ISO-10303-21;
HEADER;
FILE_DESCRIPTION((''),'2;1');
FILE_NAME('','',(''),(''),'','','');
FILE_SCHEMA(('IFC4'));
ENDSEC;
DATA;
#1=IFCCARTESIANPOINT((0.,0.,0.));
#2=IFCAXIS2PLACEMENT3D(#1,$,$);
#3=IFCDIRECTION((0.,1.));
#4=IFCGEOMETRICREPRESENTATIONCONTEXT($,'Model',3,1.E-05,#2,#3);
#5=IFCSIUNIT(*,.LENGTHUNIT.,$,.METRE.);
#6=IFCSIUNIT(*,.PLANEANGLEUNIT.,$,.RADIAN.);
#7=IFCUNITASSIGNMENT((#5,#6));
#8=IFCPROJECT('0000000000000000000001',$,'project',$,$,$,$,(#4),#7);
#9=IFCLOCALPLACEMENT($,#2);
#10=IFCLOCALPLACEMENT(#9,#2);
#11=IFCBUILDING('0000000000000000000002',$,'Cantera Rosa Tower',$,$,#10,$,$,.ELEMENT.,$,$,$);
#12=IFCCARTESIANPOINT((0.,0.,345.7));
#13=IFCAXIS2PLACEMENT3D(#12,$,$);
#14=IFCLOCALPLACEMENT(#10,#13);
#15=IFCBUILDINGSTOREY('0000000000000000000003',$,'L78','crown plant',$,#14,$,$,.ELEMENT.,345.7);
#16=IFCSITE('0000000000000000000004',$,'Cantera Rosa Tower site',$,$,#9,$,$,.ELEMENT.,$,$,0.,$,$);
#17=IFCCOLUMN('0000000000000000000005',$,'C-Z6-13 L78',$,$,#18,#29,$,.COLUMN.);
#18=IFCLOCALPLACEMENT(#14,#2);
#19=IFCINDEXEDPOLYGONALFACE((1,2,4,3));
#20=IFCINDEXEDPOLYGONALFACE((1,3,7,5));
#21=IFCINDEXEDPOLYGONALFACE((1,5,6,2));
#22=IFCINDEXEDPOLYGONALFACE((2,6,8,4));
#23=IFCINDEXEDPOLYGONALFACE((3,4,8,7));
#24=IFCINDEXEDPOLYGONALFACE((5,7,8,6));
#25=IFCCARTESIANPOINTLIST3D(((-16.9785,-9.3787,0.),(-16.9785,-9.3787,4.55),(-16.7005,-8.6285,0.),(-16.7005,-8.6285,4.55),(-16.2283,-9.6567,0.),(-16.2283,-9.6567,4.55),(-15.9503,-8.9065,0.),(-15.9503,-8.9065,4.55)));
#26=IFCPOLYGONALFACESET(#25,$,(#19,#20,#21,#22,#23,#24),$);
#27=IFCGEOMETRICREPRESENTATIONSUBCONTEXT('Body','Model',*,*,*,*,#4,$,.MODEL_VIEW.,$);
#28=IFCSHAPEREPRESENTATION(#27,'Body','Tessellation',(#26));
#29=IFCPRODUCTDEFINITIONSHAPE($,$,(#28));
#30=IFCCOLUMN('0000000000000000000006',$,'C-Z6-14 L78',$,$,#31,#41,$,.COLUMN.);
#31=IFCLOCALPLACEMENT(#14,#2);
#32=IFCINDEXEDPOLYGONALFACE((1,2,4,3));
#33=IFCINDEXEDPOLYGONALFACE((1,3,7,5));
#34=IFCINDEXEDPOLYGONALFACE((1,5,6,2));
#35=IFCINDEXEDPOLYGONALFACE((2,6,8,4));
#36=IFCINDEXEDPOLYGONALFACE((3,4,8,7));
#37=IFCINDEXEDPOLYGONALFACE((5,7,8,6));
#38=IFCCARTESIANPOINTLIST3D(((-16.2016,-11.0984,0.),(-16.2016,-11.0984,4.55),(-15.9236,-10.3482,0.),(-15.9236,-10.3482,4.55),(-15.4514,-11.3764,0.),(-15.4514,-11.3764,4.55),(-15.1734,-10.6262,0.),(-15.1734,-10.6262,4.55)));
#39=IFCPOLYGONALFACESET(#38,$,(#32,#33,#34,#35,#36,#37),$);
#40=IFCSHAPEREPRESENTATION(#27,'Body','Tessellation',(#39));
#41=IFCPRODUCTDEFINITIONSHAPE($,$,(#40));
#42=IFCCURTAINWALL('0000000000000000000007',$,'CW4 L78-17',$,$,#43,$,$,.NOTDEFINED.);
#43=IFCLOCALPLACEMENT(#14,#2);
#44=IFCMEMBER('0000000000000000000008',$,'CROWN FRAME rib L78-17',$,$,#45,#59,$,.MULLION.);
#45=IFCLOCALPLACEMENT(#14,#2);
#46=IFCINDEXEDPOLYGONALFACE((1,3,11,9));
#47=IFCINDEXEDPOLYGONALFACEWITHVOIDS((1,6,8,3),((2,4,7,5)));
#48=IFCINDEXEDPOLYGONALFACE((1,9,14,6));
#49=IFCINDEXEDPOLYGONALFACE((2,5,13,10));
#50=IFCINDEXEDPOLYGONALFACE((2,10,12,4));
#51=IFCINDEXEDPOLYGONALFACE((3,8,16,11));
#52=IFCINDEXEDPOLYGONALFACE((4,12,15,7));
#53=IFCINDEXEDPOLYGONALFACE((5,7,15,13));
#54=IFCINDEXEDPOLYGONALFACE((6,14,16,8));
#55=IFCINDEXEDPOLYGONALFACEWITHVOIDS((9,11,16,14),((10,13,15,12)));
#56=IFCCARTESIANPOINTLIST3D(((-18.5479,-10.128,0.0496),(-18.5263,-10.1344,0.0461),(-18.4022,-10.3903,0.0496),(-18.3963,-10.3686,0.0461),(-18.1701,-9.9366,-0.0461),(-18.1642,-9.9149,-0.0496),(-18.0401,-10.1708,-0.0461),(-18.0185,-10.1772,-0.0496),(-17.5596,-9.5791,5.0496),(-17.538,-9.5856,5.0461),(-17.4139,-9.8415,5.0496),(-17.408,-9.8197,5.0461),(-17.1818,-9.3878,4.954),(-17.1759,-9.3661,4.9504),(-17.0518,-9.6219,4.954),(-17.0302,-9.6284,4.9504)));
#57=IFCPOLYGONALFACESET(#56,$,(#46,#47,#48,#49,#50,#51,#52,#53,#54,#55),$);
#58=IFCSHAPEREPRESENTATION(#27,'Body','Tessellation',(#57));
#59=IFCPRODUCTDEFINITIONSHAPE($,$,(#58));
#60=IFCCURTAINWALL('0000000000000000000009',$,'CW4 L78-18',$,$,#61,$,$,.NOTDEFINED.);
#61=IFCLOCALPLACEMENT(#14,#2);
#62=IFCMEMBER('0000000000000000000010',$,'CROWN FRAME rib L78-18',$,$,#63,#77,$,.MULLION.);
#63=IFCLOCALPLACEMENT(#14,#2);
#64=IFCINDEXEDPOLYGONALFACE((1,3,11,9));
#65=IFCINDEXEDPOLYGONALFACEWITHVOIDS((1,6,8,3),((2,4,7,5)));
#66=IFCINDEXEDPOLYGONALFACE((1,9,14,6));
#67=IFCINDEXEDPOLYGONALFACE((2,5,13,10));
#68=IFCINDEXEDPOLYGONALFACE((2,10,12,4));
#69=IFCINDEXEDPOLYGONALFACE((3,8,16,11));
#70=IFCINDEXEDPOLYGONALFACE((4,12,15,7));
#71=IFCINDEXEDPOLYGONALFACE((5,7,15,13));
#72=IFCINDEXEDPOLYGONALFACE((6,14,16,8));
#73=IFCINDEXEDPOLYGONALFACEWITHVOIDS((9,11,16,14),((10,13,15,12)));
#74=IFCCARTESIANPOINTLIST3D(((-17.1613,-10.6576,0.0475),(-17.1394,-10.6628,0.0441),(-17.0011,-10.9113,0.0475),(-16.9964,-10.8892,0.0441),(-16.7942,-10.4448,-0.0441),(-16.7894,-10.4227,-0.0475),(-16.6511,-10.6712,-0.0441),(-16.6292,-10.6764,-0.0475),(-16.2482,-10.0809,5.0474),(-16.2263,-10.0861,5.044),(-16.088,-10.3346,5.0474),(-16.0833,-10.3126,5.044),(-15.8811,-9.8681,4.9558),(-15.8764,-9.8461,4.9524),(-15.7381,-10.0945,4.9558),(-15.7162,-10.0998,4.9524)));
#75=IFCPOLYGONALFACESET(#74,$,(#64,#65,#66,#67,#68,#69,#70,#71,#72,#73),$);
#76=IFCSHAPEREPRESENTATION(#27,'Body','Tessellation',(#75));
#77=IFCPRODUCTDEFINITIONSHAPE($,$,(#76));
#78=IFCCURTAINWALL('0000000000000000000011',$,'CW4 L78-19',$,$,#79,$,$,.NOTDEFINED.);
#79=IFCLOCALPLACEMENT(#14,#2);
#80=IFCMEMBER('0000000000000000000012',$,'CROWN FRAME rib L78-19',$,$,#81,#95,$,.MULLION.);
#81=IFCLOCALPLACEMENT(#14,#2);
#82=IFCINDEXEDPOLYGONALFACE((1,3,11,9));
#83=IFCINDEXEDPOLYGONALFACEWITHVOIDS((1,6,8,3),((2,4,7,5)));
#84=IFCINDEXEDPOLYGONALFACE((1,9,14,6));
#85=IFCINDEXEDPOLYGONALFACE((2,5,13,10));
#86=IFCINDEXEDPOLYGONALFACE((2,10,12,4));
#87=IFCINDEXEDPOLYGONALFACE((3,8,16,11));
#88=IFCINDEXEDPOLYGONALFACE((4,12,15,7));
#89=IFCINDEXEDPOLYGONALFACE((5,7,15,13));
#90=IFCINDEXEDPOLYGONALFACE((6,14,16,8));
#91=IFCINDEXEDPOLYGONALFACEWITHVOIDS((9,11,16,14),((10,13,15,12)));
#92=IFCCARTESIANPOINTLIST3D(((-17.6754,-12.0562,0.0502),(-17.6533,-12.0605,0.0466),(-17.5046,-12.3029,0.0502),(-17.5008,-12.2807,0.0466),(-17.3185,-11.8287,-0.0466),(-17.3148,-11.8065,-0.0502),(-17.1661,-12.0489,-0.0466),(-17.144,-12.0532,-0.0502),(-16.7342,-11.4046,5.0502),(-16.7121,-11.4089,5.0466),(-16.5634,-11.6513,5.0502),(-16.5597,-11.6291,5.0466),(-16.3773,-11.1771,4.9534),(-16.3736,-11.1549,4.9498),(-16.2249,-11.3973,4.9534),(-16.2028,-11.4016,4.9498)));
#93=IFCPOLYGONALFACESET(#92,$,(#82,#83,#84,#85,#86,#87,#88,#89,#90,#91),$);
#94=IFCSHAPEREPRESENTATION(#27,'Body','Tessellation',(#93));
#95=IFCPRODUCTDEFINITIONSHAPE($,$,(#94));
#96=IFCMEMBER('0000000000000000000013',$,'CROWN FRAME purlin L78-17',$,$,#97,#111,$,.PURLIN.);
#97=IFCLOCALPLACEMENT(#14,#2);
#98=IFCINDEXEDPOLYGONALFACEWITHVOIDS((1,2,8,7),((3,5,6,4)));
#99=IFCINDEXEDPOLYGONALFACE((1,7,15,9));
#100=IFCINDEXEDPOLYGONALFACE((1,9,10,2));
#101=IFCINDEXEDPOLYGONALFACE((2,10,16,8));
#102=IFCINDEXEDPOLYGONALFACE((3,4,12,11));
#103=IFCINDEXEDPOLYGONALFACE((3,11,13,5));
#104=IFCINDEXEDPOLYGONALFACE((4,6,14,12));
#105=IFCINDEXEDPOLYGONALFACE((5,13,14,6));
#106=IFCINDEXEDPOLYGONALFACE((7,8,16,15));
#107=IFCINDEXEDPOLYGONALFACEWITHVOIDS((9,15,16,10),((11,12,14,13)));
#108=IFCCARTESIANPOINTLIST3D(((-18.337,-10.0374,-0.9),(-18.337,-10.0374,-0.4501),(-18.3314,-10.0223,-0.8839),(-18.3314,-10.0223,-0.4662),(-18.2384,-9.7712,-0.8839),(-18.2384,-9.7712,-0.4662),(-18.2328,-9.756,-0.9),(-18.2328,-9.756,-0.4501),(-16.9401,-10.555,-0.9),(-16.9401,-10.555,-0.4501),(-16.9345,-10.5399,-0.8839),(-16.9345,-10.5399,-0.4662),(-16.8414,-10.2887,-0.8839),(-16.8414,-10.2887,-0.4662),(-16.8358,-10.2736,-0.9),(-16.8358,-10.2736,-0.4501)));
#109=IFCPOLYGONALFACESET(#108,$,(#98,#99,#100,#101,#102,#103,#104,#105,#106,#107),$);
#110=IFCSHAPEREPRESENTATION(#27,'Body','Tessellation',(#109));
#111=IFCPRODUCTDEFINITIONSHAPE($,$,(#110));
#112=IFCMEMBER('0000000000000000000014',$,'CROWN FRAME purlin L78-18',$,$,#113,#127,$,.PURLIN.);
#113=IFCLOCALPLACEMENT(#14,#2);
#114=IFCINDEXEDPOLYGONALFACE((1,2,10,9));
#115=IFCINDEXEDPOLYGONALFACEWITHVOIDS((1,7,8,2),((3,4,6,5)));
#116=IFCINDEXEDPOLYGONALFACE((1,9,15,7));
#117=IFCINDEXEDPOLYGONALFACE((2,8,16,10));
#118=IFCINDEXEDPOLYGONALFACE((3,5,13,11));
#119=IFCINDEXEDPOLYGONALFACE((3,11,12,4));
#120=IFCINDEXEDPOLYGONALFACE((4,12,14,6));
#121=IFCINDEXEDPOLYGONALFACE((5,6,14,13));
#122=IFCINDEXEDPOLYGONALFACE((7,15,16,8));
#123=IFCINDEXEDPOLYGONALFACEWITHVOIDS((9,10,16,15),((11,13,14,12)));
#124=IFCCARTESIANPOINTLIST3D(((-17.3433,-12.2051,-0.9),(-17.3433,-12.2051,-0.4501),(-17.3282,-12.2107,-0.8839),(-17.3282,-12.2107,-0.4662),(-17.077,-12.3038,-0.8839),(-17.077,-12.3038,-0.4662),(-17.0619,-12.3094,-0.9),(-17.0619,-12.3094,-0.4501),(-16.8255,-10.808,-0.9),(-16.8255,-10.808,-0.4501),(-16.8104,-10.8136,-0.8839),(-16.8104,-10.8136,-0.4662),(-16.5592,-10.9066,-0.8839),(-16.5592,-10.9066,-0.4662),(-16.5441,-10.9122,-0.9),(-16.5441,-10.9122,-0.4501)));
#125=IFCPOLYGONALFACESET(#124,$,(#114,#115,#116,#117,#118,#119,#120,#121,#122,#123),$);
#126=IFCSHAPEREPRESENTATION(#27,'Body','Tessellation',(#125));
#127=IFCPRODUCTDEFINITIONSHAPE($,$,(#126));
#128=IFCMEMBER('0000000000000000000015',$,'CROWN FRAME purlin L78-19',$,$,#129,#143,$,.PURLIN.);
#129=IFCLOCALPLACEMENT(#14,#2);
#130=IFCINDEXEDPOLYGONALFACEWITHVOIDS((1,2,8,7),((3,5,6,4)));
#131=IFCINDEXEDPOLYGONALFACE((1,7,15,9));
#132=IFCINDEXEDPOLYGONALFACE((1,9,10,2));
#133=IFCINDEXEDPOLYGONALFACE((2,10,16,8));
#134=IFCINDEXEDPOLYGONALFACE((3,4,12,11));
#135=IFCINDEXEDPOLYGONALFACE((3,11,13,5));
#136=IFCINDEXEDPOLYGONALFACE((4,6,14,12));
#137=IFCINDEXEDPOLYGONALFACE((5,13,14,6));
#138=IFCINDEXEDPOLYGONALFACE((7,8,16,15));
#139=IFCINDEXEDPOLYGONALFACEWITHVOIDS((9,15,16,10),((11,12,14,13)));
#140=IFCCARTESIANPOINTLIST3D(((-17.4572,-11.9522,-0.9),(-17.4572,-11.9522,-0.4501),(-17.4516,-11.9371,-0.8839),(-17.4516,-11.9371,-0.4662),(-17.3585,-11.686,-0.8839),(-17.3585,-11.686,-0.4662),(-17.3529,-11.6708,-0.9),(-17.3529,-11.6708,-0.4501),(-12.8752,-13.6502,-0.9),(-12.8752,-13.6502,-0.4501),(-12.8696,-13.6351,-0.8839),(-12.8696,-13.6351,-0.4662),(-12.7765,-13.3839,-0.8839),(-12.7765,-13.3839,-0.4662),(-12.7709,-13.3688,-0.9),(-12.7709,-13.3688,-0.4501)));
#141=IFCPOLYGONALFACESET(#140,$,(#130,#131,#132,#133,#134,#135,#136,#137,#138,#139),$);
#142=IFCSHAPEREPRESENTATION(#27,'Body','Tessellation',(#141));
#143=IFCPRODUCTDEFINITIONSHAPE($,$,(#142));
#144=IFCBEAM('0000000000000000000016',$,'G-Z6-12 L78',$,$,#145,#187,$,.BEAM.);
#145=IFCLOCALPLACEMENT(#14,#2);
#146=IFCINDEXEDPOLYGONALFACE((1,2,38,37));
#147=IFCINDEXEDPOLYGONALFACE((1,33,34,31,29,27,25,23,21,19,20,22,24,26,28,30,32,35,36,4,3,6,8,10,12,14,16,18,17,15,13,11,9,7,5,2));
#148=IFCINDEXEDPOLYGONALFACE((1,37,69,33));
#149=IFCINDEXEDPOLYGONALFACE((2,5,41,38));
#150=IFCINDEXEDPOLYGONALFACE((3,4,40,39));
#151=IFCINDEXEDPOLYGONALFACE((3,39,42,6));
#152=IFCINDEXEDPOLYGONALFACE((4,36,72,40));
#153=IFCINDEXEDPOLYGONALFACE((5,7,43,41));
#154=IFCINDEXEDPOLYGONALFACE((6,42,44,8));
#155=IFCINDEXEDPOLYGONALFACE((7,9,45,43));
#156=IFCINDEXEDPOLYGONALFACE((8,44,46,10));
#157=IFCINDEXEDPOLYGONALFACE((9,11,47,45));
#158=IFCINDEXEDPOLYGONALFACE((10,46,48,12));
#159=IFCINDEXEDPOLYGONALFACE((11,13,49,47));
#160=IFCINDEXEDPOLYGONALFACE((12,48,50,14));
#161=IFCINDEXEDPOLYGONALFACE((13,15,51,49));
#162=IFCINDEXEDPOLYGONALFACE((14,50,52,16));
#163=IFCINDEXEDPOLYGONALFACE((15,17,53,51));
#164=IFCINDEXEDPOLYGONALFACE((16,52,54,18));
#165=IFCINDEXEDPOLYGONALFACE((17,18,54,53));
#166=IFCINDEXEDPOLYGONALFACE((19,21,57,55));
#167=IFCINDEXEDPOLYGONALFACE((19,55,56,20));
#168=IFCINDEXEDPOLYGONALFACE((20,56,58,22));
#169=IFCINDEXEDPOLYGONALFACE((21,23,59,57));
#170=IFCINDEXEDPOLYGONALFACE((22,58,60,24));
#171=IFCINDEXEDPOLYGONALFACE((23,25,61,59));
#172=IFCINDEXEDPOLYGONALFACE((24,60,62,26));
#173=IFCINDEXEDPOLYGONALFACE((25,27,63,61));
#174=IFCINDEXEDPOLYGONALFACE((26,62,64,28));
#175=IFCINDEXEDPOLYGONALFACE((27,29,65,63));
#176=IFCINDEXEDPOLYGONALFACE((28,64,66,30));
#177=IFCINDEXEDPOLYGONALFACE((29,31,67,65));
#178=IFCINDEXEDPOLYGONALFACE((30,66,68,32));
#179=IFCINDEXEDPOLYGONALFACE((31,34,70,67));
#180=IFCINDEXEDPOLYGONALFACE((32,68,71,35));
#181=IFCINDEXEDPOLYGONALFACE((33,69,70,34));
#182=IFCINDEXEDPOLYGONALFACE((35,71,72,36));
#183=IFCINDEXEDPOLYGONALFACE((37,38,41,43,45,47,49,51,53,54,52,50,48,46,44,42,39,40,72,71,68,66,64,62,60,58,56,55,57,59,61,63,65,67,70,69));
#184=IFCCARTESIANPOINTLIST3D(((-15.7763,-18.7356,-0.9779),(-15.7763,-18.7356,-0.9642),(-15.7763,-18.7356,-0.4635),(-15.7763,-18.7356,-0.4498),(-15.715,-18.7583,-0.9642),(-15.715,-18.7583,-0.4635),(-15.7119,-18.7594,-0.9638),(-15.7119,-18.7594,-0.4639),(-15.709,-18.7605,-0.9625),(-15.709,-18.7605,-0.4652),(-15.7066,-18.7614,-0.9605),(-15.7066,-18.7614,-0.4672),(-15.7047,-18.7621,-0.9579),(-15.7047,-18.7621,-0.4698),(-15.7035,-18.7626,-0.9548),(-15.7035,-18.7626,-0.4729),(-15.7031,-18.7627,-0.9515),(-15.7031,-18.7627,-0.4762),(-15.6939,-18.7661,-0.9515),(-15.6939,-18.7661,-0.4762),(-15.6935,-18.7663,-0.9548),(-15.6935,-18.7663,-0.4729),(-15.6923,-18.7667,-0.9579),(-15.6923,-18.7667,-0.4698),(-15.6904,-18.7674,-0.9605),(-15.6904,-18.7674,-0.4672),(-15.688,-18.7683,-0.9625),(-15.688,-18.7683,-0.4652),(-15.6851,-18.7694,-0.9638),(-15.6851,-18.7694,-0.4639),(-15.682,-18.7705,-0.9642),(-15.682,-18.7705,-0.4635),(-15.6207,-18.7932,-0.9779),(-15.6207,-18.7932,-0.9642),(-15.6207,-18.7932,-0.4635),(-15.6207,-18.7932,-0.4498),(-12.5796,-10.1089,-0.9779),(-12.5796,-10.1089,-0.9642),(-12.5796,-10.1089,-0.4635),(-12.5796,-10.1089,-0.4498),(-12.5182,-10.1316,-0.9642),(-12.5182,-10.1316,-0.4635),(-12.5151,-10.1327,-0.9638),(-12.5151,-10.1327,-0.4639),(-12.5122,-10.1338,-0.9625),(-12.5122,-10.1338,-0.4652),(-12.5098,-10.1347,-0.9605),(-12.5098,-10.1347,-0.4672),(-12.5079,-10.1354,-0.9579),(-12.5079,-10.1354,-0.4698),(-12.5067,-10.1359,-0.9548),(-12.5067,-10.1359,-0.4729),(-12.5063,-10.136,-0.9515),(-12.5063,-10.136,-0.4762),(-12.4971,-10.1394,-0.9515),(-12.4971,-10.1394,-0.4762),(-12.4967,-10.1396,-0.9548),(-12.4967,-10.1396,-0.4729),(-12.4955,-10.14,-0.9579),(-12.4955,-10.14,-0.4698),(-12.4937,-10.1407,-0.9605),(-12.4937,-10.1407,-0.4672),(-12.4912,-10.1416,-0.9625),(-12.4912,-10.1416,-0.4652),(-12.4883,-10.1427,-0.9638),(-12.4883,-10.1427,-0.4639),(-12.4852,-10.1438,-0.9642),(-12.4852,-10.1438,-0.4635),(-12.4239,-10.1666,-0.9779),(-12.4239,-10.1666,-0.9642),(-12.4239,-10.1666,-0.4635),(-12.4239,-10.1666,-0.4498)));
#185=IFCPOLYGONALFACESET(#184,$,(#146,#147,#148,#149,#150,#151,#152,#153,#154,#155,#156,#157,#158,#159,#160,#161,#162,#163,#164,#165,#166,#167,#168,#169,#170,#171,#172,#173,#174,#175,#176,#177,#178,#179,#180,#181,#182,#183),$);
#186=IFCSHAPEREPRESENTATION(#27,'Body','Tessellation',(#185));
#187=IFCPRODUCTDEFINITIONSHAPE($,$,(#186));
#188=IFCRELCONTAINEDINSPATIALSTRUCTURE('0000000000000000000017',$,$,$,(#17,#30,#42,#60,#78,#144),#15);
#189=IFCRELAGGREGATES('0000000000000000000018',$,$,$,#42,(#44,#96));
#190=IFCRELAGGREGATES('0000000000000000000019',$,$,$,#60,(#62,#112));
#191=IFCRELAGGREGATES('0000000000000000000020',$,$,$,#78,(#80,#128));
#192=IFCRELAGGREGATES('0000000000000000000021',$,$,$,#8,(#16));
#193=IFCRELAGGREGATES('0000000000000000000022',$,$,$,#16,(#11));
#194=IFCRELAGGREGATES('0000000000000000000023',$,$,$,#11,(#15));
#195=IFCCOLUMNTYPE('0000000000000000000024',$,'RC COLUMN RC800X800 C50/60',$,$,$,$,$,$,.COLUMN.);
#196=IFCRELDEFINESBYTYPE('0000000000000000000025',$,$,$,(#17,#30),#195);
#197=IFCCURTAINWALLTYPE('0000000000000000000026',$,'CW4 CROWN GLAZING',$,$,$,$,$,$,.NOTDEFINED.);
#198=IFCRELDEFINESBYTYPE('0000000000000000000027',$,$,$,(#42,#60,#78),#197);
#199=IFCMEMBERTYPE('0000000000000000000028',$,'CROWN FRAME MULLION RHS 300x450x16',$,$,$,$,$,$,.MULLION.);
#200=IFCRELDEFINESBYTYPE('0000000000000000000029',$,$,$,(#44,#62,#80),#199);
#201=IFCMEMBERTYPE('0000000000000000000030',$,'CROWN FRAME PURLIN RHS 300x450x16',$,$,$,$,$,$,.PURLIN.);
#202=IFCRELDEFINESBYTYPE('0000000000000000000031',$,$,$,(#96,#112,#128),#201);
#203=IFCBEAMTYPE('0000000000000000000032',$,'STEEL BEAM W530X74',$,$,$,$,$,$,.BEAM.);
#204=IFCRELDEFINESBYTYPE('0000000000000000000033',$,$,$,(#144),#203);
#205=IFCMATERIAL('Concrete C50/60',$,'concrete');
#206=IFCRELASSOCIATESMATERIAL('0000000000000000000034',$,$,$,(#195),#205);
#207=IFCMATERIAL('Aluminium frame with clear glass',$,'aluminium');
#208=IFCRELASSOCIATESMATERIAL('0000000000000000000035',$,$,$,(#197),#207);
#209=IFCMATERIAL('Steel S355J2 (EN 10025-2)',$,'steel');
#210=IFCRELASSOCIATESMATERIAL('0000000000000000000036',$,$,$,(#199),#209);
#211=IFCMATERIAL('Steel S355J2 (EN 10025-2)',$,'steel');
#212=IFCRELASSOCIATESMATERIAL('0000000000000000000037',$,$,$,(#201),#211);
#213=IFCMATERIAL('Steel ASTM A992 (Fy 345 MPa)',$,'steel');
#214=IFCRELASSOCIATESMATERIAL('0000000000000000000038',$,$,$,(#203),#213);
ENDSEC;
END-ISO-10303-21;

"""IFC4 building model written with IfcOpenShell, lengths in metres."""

from ifc_helpers import new_model, si_unit, direction, frame, origin, origin_2d, place, context, subcontext, project, spatial, rectangle, hollow_rectangle, i_section, extrude, material, material_profile, profile_set, type_object, element, aggregate, save


model = new_model("IFC4")

# Units and contexts
model_context = context("Model", 3, precision=1e-05, world=origin(), true_north=direction((0.0, 1.0)))
body_context = subcontext(model_context, "Body", "Model", "MODEL_VIEW")
ifc_project = project(units=[si_unit("LENGTHUNIT", "METRE"), si_unit("PLANEANGLEUNIT", "RADIAN")], contexts=[model_context])

# Site, building, storey
site_placement = place(None, origin())
site = spatial("IfcSite", under=ifc_project, at=site_placement, Name="Cantera Rosa Tower site", CompositionType="ELEMENT", RefElevation=0.0)
building_placement = place(site_placement, origin())
building = spatial("IfcBuilding", under=site, at=building_placement, Name="Cantera Rosa Tower", CompositionType="ELEMENT")
storey_placement = place(building_placement, frame((0.0, 0.0, 345.7)))
storey = spatial("IfcBuildingStorey", under=building, at=storey_placement, Name="L78", Description="crown plant", CompositionType="ELEMENT", Elevation=345.7)

# Columns
ifc_material_1 = material(Name="Concrete C50/60", Category="concrete")
ifc_material_profile_1 = material_profile(ifc_material_1, rectangle(XDim=0.8, YDim=0.8, at=origin_2d()), Name="RC COLUMN RC800X800 C50/60")
ifc_profile_set_1 = profile_set([ifc_material_profile_1], Name="Concrete C50/60")
column_type = type_object("IfcColumnType", Name="RC COLUMN RC800X800 C50/60", PredefinedType="COLUMN", material=ifc_profile_set_1)
for number, where, z_axis, x_axis, name in (
    (1, (-16.4644, -9.1426, 0.0), (0.0, 0.0, 1.0), (0.347481, 0.937687, 0.0), "C-Z6-13 L78"),
    (2, (-15.6875, -10.8623, 0.0), (0.0, 0.0, 1.0), (0.347481, 0.937687, 0.0), "C-Z6-14 L78"),
):
    element("IfcColumn", number, at=place(storey_placement, frame(where, z_axis=z_axis, x_axis=x_axis)), inside=storey, type_object=column_type, Name=name, PredefinedType="COLUMN", context=body_context, shape_type="SweptSolid", body=[
        extrude(rectangle(XDim=0.8, YDim=0.8, at=origin_2d()), origin(), (0.0, 0.0, 1.0), 4.55),
    ])

# Curtain walls, members
ifc_material_2 = material(Name="Aluminium frame with clear glass", Category="aluminium")
curtain_wall_type = type_object("IfcCurtainWallType", Name="CW4 CROWN GLAZING", PredefinedType="NOTDEFINED", material=ifc_material_2)
curtain_wall_1_placement = place(storey_placement, origin())
curtain_wall_1 = element("IfcCurtainWall", 3, at=curtain_wall_1_placement, inside=storey, type_object=curtain_wall_type, Name="CW4 L78-17", PredefinedType="NOTDEFINED")
ifc_material_3 = material(Name="Steel S355J2 (EN 10025-2)", Category="steel")
ifc_material_profile_2 = material_profile(ifc_material_3, hollow_rectangle(XDim=0.3, YDim=0.45, WallThickness=0.0161, at=origin_2d()), Name="CROWN FRAME MULLION RHS 300x450x16")
ifc_profile_set_2 = profile_set([ifc_material_profile_2], Name="Steel S355J2 (EN 10025-2)")
member_type_1 = type_object("IfcMemberType", Name="CROWN FRAME MULLION RHS 300x450x16", PredefinedType="MULLION", material=ifc_profile_set_2)
member_1_placement = place(storey_placement, frame((-18.2832, -10.1526, 0.0), z_axis=(0.19279, 0.107063, 0.975382), x_axis=(-0.485496, 0.874239, 0.0)))
member_1 = element("IfcMember", 4, at=member_1_placement, type_object=member_type_1, Name="CROWN FRAME rib L78-17", PredefinedType="MULLION", context=body_context, shape_type="SweptSolid", body=[
    extrude(hollow_rectangle(XDim=0.3, YDim=0.45, WallThickness=0.0161, at=origin_2d()), origin(), (0.0, 0.0, 1.0), 5.1262),
])
curtain_wall_2_placement = place(storey_placement, origin())
curtain_wall_2 = element("IfcCurtainWall", 5, at=curtain_wall_2_placement, inside=storey, type_object=curtain_wall_type, Name="CW4 L78-18", PredefinedType="NOTDEFINED")
member_2_placement = place(storey_placement, frame((-16.8953, -10.667, 0.0), z_axis=(0.178501, 0.112732, 0.97746), x_axis=(-0.533976, 0.8455, 0.0)))
member_2 = element("IfcMember", 6, at=member_2_placement, type_object=member_type_1, Name="CROWN FRAME rib L78-18", PredefinedType="MULLION", context=body_context, shape_type="SweptSolid", body=[
    extrude(hollow_rectangle(XDim=0.3, YDim=0.45, WallThickness=0.0161, at=origin_2d()), origin(), (0.0, 0.0, 1.0), 5.1152),
])
curtain_wall_3_placement = place(storey_placement, origin())
curtain_wall_3 = element("IfcCurtainWall", 7, at=curtain_wall_3_placement, inside=storey, type_object=curtain_wall_type, Name="CW4 L78-19", PredefinedType="NOTDEFINED")
member_3_placement = place(storey_placement, frame((-17.4097, -12.0547, 0.0), z_axis=(0.183485, 0.127035, 0.97478), x_axis=(-0.569232, 0.822177, 0.0)))
member_3 = element("IfcMember", 8, at=member_3_placement, type_object=member_type_1, Name="CROWN FRAME rib L78-19", PredefinedType="MULLION", context=body_context, shape_type="SweptSolid", body=[
    extrude(hollow_rectangle(XDim=0.3, YDim=0.45, WallThickness=0.0161, at=origin_2d()), origin(), (0.0, 0.0, 1.0), 5.1294),
])

# Members
ifc_material_4 = material(Name="Steel S355J2 (EN 10025-2)", Category="steel")
ifc_material_profile_3 = material_profile(ifc_material_4, hollow_rectangle(XDim=0.3, YDim=0.45, WallThickness=0.0161, at=origin_2d()), Name="CROWN FRAME PURLIN RHS 300x450x16")
ifc_profile_set_3 = profile_set([ifc_material_profile_3], Name="Steel S355J2 (EN 10025-2)")
member_type_2 = type_object("IfcMemberType", Name="CROWN FRAME PURLIN RHS 300x450x16", PredefinedType="PURLIN", material=ifc_profile_set_3)
member_4_placement = place(storey_placement, frame((-18.2849, -9.8967, -0.675), z_axis=(0.937709, -0.347421, 0.0), x_axis=(0.347421, 0.937709, 0.0)))
member_4 = element("IfcMember", 9, at=member_4_placement, type_object=member_type_2, Name="CROWN FRAME purlin L78-17", PredefinedType="PURLIN", context=body_context, shape_type="SweptSolid", body=[
    extrude(hollow_rectangle(XDim=0.3, YDim=0.45, WallThickness=0.0161, at=origin_2d()), origin(), (0.0, 0.0, 1.0), 1.4897),
])
member_5_placement = place(storey_placement, frame((-16.6848, -10.8601, -0.675), z_axis=(-0.347512, -0.937676, 0.0), x_axis=(0.937676, -0.347512, 0.0)))
member_5 = element("IfcMember", 10, at=member_5_placement, type_object=member_type_2, Name="CROWN FRAME purlin L78-18", PredefinedType="PURLIN", context=body_context, shape_type="SweptSolid", body=[
    extrude(hollow_rectangle(XDim=0.3, YDim=0.45, WallThickness=0.0161, at=origin_2d()), origin(), (0.0, 0.0, 1.0), 1.49),
])
member_6_placement = place(storey_placement, frame((-17.405, -11.8115, -0.675), z_axis=(0.937685, -0.347485, 0.0), x_axis=(0.347485, 0.937685, 0.0)))
member_6 = element("IfcMember", 11, at=member_6_placement, type_object=member_type_2, Name="CROWN FRAME purlin L78-19", PredefinedType="PURLIN", context=body_context, shape_type="SweptSolid", body=[
    extrude(hollow_rectangle(XDim=0.3, YDim=0.45, WallThickness=0.0161, at=origin_2d()), origin(), (0.0, 0.0, 1.0), 4.8865),
])

# Beam
ifc_material_5 = material(Name="Steel ASTM A992 (Fy 345 MPa)", Category="steel")
ifc_material_profile_4 = material_profile(ifc_material_5, i_section(OverallWidth=0.166, OverallDepth=0.5281, WebThickness=0.0098, FlangeThickness=0.0137, FilletRadius=0.0127, at=origin_2d()), Name="W530X74")
ifc_profile_set_4 = profile_set([ifc_material_profile_4], Name="Steel ASTM A992 (Fy 345 MPa)")
beam_type_1 = type_object("IfcBeamType", Name="STEEL BEAM W530X74", PredefinedType="BEAM", material=ifc_profile_set_4)
beam_1_placement = place(storey_placement, frame((-15.6985, -18.7644, -0.7139), z_axis=(0.347477, 0.937689, 0.0), x_axis=(-0.937689, 0.347477, 0.0)))
element("IfcBeam", 12, at=beam_1_placement, inside=storey, type_object=beam_type_1, Name="G-Z6-12 L78", PredefinedType="BEAM", context=body_context, shape_type="SweptSolid", body=[
    extrude(i_section(OverallWidth=0.166, OverallDepth=0.5281, WebThickness=0.0098, FlangeThickness=0.0137, FilletRadius=0.0127, at=origin_2d()), origin(), (0.0, 0.0, 1.0), 9.2),
])

aggregate(curtain_wall_1, [member_1, member_4])
aggregate(curtain_wall_2, [member_2, member_5])
aggregate(curtain_wall_3, [member_3, member_6])

save(model, "model.ifc")
